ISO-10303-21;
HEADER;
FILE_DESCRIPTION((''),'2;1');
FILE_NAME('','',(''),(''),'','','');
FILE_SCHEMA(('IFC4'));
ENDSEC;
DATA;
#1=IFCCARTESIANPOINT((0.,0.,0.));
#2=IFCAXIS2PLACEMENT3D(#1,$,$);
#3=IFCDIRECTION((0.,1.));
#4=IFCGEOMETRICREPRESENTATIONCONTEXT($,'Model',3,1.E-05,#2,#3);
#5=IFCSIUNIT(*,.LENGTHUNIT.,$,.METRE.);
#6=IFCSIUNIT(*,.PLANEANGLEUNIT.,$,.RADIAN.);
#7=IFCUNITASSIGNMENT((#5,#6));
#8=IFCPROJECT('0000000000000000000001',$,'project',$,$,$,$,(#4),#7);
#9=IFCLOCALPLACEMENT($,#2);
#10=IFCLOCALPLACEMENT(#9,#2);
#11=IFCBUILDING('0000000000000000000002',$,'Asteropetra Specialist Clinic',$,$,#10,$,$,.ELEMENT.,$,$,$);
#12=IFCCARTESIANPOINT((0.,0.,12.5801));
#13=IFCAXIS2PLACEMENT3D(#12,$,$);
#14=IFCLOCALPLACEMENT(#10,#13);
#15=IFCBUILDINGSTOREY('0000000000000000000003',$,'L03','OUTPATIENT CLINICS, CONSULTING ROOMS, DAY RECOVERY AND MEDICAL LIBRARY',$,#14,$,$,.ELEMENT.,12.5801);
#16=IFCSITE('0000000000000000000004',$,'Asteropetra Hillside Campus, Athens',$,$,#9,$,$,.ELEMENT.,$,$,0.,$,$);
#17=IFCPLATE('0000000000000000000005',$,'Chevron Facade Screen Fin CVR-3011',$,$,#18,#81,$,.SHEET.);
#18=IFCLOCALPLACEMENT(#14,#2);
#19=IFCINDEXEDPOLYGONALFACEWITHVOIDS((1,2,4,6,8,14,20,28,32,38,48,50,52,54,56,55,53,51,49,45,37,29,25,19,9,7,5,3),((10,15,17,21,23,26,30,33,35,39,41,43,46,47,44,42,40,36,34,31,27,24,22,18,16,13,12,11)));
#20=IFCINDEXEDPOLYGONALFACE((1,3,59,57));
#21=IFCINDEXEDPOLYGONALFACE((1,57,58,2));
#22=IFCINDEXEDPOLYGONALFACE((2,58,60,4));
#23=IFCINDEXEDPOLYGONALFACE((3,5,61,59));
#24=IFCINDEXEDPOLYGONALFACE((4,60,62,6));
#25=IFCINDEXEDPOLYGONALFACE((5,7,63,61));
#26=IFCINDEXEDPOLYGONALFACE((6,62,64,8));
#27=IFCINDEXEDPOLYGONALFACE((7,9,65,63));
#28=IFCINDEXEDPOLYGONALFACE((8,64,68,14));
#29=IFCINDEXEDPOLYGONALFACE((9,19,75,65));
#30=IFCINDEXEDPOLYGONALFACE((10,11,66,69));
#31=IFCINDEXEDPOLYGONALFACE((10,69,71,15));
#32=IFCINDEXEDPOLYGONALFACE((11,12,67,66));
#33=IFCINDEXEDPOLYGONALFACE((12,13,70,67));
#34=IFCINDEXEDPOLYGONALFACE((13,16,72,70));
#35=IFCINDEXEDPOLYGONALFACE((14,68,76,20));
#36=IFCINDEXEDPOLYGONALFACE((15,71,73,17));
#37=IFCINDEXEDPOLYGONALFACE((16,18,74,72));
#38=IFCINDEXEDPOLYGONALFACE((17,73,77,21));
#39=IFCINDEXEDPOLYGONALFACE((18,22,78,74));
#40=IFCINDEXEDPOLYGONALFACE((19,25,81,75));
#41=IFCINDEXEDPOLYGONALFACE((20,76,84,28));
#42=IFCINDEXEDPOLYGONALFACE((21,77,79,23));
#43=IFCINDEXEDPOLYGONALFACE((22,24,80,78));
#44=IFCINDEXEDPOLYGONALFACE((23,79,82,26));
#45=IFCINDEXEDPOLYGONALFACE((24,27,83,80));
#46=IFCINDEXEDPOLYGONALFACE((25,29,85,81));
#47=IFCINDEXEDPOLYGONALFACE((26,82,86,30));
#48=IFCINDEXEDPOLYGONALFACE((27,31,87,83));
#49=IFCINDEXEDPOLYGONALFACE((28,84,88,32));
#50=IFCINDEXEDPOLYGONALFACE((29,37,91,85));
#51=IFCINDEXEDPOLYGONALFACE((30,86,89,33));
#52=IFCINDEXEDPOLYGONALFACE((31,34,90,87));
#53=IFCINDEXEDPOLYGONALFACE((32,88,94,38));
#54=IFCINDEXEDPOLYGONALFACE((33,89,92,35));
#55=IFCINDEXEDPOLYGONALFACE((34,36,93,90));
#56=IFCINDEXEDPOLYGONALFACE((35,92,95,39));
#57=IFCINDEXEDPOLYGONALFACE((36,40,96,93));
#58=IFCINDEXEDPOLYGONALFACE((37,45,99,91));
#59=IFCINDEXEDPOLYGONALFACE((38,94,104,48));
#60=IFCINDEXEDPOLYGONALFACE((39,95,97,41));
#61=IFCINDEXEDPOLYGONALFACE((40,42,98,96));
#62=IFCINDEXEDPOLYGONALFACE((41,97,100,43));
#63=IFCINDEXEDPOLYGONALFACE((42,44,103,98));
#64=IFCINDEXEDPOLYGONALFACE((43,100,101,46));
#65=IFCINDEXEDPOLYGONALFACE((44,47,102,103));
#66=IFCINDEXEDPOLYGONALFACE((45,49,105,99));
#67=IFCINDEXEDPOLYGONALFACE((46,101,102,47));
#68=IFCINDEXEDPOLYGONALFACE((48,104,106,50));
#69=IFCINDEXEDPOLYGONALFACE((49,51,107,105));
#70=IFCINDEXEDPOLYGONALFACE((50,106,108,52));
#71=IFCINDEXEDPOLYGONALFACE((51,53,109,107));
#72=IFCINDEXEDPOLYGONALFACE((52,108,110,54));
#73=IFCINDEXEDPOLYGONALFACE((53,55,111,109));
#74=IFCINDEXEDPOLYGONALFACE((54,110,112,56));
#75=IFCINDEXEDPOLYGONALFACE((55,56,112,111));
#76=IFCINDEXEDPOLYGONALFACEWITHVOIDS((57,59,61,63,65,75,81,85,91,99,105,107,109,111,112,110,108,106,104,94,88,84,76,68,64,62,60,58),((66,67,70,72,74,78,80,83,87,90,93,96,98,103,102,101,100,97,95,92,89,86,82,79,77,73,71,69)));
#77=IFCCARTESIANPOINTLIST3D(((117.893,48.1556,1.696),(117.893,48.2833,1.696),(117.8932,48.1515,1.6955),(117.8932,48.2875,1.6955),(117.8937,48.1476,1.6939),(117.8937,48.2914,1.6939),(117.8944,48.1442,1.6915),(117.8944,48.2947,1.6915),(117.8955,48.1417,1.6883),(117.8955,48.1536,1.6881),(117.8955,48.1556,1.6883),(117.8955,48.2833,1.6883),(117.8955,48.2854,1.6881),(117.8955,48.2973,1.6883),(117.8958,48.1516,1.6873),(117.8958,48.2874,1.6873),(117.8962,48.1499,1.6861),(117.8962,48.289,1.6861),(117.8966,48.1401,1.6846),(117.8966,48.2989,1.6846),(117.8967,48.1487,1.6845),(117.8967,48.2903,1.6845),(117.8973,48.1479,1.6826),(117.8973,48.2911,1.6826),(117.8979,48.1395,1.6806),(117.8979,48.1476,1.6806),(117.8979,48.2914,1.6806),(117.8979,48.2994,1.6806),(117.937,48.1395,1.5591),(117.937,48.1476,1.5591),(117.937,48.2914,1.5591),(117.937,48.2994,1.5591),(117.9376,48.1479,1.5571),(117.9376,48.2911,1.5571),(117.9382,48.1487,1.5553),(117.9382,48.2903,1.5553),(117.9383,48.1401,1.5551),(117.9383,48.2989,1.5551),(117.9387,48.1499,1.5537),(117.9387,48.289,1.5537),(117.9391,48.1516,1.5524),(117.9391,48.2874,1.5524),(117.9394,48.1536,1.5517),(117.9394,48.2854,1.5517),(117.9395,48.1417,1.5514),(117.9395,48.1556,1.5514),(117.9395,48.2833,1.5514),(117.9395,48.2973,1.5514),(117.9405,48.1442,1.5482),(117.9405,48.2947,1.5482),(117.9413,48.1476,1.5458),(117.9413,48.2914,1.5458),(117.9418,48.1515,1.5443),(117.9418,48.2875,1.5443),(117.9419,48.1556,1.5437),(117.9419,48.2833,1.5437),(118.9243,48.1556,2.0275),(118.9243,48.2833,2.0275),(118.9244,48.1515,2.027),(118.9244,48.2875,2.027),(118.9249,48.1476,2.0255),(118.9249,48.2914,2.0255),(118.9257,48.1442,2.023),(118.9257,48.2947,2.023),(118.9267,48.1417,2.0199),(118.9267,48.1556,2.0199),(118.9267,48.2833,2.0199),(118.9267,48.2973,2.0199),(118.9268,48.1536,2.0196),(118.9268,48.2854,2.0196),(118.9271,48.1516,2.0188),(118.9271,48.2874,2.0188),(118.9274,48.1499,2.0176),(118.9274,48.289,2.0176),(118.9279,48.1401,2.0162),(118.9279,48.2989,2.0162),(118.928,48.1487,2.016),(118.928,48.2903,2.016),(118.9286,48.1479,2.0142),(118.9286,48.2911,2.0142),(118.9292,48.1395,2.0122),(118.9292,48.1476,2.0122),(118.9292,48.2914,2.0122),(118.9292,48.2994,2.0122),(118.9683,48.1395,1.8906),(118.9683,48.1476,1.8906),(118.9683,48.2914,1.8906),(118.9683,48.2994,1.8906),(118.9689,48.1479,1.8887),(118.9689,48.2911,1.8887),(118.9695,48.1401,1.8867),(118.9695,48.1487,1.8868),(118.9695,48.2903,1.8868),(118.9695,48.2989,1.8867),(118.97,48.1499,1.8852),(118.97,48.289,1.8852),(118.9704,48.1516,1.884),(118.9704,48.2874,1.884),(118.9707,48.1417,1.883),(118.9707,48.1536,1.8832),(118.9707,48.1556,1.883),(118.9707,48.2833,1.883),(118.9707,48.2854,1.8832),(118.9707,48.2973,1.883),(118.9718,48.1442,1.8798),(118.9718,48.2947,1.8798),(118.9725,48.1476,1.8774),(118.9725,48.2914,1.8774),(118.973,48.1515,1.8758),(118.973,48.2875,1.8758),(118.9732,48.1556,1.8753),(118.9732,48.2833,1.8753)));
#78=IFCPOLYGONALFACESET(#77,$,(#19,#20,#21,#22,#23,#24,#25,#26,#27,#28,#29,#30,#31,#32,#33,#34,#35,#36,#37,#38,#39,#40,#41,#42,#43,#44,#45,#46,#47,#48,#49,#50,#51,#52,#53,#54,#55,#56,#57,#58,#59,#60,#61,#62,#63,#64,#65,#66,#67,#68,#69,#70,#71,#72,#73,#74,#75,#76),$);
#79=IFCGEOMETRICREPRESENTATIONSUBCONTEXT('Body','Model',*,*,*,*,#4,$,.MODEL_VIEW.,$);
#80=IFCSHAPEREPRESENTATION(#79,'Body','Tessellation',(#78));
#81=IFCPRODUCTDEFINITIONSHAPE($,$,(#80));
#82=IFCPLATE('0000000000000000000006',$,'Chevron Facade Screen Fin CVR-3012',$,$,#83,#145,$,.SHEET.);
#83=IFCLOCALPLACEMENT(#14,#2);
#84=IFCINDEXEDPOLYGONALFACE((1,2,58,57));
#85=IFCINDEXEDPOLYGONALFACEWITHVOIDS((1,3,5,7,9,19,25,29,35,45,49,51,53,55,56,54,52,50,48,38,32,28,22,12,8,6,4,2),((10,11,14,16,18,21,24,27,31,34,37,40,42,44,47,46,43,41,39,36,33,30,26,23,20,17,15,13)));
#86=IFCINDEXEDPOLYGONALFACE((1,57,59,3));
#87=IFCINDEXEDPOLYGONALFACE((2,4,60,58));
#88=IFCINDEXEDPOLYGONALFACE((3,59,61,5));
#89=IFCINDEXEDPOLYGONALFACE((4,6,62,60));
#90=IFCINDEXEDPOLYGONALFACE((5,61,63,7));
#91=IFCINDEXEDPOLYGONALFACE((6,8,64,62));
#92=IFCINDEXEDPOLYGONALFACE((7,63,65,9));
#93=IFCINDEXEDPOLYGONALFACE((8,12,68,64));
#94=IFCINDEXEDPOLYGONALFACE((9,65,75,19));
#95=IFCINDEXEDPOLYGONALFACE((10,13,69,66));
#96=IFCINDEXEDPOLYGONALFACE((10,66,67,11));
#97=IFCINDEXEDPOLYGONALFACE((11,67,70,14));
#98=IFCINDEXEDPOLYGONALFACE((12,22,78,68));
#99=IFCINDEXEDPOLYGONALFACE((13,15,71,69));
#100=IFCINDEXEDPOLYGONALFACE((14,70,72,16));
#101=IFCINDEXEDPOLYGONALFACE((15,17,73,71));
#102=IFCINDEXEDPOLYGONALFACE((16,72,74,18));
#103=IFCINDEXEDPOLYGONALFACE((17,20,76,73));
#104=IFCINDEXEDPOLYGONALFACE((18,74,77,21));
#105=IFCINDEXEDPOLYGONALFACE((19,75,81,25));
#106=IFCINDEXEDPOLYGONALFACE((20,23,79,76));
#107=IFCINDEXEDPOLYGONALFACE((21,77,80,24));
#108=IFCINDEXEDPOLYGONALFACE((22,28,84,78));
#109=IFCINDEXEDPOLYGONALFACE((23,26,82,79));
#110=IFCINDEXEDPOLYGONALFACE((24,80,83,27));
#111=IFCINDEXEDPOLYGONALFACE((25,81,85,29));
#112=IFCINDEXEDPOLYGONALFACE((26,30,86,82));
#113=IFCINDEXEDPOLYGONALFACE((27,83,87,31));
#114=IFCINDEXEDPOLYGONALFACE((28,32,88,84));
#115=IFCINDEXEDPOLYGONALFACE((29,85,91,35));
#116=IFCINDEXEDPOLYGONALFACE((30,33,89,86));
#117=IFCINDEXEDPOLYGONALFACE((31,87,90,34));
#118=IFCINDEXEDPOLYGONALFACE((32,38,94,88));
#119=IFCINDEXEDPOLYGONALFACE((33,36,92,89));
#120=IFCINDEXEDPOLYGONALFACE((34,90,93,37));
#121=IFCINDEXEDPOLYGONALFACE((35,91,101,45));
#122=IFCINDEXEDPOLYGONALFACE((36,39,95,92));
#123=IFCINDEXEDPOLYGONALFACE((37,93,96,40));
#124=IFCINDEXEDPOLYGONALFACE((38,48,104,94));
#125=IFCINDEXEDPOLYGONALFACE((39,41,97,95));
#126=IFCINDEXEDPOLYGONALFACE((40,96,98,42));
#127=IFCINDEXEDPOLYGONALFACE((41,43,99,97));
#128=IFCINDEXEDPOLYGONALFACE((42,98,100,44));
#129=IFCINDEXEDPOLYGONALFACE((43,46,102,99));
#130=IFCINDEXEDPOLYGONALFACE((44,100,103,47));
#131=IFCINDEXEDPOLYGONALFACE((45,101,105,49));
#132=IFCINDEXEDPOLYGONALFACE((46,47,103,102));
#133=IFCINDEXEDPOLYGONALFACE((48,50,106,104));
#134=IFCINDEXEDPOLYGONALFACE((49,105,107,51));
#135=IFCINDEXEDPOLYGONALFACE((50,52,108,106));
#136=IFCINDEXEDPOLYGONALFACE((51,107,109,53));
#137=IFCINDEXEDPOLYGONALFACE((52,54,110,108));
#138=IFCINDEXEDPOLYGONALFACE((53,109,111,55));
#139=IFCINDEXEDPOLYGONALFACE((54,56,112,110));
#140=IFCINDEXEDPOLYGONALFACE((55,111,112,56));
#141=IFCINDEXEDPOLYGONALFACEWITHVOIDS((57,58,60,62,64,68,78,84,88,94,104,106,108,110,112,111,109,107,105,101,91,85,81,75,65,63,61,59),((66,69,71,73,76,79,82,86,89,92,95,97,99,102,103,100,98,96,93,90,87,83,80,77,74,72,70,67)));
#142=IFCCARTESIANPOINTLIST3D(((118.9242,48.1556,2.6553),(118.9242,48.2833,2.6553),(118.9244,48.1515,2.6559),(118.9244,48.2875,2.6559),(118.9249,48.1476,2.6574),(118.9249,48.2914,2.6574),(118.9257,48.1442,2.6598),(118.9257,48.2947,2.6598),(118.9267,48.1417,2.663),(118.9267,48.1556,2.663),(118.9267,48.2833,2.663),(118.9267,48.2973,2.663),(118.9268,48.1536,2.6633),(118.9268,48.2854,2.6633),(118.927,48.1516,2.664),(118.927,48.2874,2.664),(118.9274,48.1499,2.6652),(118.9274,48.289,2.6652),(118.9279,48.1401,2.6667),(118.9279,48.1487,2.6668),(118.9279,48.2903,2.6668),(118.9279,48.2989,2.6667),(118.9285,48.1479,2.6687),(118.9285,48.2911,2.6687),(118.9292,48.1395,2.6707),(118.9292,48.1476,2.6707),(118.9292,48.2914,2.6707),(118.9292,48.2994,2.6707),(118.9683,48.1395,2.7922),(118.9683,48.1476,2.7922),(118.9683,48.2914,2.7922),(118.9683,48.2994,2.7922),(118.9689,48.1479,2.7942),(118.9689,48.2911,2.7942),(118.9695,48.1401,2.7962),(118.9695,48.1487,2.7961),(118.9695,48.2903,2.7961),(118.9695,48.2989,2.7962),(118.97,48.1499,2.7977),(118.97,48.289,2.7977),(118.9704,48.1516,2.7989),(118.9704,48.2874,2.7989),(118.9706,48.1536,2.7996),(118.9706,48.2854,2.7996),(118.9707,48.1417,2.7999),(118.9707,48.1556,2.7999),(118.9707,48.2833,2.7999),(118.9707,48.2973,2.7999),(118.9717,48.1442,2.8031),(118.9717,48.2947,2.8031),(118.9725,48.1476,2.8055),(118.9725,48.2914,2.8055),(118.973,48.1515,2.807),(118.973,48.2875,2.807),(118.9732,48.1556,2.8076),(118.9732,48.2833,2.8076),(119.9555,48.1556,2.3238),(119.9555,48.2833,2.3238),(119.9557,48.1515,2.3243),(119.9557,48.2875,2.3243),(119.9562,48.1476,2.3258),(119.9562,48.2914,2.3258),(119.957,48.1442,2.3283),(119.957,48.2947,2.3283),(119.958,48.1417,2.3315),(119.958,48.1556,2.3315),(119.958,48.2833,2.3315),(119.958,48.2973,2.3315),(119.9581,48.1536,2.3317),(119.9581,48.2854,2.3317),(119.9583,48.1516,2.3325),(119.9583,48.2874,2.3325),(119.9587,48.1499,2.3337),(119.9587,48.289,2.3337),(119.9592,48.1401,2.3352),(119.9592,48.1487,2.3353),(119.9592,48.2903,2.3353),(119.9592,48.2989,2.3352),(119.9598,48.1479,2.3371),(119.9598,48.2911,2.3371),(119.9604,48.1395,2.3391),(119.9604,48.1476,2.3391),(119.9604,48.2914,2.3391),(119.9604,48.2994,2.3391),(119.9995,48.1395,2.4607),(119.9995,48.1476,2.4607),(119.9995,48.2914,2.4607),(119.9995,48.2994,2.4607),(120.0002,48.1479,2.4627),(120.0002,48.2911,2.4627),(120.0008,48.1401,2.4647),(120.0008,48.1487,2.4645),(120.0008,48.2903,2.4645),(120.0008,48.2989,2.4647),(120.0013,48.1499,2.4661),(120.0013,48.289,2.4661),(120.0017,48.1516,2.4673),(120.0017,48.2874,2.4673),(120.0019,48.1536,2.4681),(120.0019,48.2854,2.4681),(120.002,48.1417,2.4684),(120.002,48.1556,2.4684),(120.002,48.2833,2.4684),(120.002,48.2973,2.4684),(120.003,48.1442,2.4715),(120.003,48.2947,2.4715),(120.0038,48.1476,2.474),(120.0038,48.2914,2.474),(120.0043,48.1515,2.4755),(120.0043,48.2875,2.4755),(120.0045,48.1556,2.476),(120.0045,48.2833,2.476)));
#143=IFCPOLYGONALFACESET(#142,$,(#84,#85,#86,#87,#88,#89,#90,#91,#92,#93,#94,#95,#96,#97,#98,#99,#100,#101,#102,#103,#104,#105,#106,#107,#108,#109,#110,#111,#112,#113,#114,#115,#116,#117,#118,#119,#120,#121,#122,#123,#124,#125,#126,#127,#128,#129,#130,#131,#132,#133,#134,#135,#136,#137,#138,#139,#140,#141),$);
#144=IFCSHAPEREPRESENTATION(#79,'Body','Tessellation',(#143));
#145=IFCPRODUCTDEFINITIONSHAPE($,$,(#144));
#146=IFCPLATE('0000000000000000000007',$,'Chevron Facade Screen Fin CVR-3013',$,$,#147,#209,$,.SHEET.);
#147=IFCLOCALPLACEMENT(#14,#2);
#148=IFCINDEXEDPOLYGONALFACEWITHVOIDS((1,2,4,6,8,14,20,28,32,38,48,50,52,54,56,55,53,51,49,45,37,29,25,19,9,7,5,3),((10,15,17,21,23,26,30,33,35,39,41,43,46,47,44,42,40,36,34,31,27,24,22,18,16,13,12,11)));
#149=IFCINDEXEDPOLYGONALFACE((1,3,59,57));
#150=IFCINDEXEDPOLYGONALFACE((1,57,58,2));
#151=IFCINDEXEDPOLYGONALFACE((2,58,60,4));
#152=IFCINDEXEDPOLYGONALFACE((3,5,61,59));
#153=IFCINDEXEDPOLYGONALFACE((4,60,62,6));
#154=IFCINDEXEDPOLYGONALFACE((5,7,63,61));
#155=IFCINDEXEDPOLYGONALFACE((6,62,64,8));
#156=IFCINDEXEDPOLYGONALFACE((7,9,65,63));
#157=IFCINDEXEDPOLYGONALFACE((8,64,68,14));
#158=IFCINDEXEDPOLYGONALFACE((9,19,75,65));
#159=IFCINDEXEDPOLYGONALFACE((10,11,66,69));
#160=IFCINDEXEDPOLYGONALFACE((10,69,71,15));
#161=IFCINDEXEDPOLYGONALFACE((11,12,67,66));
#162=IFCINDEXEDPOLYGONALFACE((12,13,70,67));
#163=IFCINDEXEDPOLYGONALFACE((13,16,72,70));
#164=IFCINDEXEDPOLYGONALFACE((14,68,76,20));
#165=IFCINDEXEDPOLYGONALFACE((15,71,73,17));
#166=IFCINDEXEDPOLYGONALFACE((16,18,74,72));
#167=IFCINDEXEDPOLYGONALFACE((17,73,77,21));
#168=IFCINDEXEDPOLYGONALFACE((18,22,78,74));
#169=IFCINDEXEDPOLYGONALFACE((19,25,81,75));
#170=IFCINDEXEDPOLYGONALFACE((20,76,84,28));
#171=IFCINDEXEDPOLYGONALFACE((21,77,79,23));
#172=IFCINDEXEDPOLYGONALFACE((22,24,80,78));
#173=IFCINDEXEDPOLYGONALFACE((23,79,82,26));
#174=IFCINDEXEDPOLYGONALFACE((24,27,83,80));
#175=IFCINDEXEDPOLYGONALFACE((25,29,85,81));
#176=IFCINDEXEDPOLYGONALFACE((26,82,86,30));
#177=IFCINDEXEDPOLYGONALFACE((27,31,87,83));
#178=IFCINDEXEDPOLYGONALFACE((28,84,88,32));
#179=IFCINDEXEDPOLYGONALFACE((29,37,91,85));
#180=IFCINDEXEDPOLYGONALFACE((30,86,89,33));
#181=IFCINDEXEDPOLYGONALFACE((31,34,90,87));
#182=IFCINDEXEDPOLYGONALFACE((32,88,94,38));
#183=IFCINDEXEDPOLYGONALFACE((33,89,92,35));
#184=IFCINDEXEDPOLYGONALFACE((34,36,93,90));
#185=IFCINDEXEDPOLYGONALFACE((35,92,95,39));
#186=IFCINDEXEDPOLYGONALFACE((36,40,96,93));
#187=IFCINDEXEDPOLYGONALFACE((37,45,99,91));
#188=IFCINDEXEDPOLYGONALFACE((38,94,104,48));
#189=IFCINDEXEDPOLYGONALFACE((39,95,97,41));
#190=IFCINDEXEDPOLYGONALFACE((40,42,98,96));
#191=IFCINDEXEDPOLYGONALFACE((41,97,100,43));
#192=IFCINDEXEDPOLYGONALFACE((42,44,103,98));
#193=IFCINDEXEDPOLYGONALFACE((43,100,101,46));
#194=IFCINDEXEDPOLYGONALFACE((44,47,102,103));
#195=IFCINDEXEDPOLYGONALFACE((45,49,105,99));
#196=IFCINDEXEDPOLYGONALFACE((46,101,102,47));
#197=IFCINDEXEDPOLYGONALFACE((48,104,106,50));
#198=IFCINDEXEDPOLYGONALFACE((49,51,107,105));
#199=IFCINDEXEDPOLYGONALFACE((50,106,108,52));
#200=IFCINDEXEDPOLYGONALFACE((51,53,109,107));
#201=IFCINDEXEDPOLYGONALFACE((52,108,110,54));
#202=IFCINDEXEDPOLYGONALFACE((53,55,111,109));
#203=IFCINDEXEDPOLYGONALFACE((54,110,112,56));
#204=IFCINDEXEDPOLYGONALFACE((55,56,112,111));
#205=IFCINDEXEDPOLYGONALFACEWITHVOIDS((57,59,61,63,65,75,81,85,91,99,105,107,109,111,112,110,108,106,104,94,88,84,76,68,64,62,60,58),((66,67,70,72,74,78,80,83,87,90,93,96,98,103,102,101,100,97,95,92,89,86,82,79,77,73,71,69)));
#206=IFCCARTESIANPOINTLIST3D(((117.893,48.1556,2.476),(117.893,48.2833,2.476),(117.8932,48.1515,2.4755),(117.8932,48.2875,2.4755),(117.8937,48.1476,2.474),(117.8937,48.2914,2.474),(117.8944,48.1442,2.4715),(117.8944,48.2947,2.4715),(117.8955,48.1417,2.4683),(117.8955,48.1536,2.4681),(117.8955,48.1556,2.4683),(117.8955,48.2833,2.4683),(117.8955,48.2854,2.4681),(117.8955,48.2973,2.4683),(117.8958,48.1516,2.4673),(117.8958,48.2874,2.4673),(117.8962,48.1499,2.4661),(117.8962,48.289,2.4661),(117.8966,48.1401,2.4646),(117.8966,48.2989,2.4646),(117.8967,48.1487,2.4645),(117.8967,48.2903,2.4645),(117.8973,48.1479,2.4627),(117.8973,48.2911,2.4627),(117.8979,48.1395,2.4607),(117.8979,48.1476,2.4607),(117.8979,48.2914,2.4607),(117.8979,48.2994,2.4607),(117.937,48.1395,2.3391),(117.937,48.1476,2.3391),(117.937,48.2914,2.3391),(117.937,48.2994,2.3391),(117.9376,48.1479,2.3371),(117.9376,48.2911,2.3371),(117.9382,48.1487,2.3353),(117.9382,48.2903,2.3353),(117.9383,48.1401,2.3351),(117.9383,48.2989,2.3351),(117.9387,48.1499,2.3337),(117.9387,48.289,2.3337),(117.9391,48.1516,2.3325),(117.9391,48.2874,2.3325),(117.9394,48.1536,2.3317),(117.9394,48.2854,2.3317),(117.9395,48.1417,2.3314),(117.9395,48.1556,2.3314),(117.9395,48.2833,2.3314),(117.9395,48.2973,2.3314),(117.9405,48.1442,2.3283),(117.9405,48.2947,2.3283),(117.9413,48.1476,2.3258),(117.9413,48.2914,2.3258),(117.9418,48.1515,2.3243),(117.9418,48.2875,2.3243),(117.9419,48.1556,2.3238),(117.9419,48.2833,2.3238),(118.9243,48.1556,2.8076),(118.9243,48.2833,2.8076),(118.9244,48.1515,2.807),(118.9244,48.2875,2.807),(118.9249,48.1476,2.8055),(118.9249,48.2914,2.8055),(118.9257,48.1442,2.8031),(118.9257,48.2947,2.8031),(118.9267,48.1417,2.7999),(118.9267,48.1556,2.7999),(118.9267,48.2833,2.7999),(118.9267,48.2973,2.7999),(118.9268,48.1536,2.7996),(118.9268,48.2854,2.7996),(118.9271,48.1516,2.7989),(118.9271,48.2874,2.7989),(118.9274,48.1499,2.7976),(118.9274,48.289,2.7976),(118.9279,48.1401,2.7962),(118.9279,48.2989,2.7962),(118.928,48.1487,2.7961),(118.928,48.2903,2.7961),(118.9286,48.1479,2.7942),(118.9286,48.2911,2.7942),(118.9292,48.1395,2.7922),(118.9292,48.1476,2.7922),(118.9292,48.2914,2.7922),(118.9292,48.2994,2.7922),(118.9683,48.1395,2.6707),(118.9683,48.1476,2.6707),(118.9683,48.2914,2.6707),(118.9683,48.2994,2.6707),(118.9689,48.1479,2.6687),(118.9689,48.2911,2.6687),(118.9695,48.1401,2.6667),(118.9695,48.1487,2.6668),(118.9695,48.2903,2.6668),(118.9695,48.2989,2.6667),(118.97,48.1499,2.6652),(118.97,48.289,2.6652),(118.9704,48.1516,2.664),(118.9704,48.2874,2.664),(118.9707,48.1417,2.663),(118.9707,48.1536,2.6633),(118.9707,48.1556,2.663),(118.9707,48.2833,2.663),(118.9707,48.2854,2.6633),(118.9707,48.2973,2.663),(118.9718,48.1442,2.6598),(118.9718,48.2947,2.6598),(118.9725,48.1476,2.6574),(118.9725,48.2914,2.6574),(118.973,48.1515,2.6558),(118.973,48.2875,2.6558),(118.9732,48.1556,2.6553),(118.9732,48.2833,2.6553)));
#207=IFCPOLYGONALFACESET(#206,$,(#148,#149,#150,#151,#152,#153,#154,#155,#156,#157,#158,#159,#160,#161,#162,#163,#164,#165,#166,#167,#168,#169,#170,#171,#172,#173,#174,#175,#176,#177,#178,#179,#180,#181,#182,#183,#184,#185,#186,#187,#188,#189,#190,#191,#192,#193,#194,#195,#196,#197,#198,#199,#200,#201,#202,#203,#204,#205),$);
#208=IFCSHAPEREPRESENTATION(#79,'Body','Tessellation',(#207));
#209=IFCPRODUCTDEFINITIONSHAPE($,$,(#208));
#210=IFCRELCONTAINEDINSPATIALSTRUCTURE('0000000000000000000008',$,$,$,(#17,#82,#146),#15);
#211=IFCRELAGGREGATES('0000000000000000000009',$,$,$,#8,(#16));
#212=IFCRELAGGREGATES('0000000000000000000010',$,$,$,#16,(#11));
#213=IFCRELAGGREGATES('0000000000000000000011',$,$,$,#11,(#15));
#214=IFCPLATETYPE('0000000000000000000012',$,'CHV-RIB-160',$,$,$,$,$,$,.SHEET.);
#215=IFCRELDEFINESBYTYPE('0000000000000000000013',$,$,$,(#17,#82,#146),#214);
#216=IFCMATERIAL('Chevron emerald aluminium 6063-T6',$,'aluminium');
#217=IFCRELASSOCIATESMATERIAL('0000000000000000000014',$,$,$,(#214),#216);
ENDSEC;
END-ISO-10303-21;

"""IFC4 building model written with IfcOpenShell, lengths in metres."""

from ifc_helpers import new_model, si_unit, direction, frame, origin, origin_2d, place, context, subcontext, project, spatial, hollow_rectangle, extrude, material, material_profile, profile_set, type_object, element, save


model = new_model("IFC4")

# Units and contexts
model_context = context("Model", 3, precision=1e-05, world=origin(), true_north=direction((0.0, 1.0)))
body_context = subcontext(model_context, "Body", "Model", "MODEL_VIEW")
ifc_project = project(units=[si_unit("LENGTHUNIT", "METRE"), si_unit("PLANEANGLEUNIT", "RADIAN")], contexts=[model_context])

# Site, building, storey
site_placement = place(None, origin())
site = spatial("IfcSite", under=ifc_project, at=site_placement, Name="Asteropetra Hillside Campus, Athens", CompositionType="ELEMENT", RefElevation=0.0)
building_placement = place(site_placement, origin())
building = spatial("IfcBuilding", under=site, at=building_placement, Name="Asteropetra Specialist Clinic", CompositionType="ELEMENT")
storey_placement = place(building_placement, frame((0.0, 0.0, 12.5801)))
storey = spatial("IfcBuildingStorey", under=building, at=storey_placement, Name="L03", Description="OUTPATIENT CLINICS, CONSULTING ROOMS, DAY RECOVERY AND MEDICAL LIBRARY", CompositionType="ELEMENT", Elevation=12.5801)

# Plates
ifc_material_1 = material(Name="Chevron emerald aluminium 6063-T6", Category="aluminium")
ifc_material_profile = material_profile(ifc_material_1, hollow_rectangle(XDim=0.1599, YDim=0.1599, WallThickness=0.0081, InnerFilletRadius=0.0081, OuterFilletRadius=0.0161, at=origin_2d()), Name="SHS 160x160x8.0")
ifc_profile_set = profile_set([ifc_material_profile], Name="Chevron emerald aluminium 6063-T6")
plate_type_1 = type_object("IfcPlateType", Name="CHV-RIB-160", PredefinedType="SHEET", material=ifc_profile_set)
for number, where, z_axis, x_axis, name in (
    (1, (118.9487, 48.2195, 1.9514), (-0.95201, 0.0, -0.306068), (0.0, -1.0, 0.0), "Chevron Facade Screen Fin CVR-3011"),
    (2, (119.98, 48.2195, 2.3999), (-0.95201, 0.0, 0.306068), (0.0, -1.0, 0.0), "Chevron Facade Screen Fin CVR-3012"),
    (3, (118.9487, 48.2195, 2.7314), (-0.95201, 0.0, -0.306068), (0.0, -1.0, 0.0), "Chevron Facade Screen Fin CVR-3013"),
):
    element("IfcPlate", number, at=place(storey_placement, frame(where, z_axis=z_axis, x_axis=x_axis)), inside=storey, type_object=plate_type_1, Name=name, PredefinedType="SHEET", context=body_context, shape_type="SweptSolid", body=[
        extrude(hollow_rectangle(XDim=0.1599, YDim=0.1599, WallThickness=0.0081, InnerFilletRadius=0.0081, OuterFilletRadius=0.0161, at=origin_2d()), origin(), (0.0, 0.0, 1.0), 1.0833),
    ])

save(model, "model.ifc")
